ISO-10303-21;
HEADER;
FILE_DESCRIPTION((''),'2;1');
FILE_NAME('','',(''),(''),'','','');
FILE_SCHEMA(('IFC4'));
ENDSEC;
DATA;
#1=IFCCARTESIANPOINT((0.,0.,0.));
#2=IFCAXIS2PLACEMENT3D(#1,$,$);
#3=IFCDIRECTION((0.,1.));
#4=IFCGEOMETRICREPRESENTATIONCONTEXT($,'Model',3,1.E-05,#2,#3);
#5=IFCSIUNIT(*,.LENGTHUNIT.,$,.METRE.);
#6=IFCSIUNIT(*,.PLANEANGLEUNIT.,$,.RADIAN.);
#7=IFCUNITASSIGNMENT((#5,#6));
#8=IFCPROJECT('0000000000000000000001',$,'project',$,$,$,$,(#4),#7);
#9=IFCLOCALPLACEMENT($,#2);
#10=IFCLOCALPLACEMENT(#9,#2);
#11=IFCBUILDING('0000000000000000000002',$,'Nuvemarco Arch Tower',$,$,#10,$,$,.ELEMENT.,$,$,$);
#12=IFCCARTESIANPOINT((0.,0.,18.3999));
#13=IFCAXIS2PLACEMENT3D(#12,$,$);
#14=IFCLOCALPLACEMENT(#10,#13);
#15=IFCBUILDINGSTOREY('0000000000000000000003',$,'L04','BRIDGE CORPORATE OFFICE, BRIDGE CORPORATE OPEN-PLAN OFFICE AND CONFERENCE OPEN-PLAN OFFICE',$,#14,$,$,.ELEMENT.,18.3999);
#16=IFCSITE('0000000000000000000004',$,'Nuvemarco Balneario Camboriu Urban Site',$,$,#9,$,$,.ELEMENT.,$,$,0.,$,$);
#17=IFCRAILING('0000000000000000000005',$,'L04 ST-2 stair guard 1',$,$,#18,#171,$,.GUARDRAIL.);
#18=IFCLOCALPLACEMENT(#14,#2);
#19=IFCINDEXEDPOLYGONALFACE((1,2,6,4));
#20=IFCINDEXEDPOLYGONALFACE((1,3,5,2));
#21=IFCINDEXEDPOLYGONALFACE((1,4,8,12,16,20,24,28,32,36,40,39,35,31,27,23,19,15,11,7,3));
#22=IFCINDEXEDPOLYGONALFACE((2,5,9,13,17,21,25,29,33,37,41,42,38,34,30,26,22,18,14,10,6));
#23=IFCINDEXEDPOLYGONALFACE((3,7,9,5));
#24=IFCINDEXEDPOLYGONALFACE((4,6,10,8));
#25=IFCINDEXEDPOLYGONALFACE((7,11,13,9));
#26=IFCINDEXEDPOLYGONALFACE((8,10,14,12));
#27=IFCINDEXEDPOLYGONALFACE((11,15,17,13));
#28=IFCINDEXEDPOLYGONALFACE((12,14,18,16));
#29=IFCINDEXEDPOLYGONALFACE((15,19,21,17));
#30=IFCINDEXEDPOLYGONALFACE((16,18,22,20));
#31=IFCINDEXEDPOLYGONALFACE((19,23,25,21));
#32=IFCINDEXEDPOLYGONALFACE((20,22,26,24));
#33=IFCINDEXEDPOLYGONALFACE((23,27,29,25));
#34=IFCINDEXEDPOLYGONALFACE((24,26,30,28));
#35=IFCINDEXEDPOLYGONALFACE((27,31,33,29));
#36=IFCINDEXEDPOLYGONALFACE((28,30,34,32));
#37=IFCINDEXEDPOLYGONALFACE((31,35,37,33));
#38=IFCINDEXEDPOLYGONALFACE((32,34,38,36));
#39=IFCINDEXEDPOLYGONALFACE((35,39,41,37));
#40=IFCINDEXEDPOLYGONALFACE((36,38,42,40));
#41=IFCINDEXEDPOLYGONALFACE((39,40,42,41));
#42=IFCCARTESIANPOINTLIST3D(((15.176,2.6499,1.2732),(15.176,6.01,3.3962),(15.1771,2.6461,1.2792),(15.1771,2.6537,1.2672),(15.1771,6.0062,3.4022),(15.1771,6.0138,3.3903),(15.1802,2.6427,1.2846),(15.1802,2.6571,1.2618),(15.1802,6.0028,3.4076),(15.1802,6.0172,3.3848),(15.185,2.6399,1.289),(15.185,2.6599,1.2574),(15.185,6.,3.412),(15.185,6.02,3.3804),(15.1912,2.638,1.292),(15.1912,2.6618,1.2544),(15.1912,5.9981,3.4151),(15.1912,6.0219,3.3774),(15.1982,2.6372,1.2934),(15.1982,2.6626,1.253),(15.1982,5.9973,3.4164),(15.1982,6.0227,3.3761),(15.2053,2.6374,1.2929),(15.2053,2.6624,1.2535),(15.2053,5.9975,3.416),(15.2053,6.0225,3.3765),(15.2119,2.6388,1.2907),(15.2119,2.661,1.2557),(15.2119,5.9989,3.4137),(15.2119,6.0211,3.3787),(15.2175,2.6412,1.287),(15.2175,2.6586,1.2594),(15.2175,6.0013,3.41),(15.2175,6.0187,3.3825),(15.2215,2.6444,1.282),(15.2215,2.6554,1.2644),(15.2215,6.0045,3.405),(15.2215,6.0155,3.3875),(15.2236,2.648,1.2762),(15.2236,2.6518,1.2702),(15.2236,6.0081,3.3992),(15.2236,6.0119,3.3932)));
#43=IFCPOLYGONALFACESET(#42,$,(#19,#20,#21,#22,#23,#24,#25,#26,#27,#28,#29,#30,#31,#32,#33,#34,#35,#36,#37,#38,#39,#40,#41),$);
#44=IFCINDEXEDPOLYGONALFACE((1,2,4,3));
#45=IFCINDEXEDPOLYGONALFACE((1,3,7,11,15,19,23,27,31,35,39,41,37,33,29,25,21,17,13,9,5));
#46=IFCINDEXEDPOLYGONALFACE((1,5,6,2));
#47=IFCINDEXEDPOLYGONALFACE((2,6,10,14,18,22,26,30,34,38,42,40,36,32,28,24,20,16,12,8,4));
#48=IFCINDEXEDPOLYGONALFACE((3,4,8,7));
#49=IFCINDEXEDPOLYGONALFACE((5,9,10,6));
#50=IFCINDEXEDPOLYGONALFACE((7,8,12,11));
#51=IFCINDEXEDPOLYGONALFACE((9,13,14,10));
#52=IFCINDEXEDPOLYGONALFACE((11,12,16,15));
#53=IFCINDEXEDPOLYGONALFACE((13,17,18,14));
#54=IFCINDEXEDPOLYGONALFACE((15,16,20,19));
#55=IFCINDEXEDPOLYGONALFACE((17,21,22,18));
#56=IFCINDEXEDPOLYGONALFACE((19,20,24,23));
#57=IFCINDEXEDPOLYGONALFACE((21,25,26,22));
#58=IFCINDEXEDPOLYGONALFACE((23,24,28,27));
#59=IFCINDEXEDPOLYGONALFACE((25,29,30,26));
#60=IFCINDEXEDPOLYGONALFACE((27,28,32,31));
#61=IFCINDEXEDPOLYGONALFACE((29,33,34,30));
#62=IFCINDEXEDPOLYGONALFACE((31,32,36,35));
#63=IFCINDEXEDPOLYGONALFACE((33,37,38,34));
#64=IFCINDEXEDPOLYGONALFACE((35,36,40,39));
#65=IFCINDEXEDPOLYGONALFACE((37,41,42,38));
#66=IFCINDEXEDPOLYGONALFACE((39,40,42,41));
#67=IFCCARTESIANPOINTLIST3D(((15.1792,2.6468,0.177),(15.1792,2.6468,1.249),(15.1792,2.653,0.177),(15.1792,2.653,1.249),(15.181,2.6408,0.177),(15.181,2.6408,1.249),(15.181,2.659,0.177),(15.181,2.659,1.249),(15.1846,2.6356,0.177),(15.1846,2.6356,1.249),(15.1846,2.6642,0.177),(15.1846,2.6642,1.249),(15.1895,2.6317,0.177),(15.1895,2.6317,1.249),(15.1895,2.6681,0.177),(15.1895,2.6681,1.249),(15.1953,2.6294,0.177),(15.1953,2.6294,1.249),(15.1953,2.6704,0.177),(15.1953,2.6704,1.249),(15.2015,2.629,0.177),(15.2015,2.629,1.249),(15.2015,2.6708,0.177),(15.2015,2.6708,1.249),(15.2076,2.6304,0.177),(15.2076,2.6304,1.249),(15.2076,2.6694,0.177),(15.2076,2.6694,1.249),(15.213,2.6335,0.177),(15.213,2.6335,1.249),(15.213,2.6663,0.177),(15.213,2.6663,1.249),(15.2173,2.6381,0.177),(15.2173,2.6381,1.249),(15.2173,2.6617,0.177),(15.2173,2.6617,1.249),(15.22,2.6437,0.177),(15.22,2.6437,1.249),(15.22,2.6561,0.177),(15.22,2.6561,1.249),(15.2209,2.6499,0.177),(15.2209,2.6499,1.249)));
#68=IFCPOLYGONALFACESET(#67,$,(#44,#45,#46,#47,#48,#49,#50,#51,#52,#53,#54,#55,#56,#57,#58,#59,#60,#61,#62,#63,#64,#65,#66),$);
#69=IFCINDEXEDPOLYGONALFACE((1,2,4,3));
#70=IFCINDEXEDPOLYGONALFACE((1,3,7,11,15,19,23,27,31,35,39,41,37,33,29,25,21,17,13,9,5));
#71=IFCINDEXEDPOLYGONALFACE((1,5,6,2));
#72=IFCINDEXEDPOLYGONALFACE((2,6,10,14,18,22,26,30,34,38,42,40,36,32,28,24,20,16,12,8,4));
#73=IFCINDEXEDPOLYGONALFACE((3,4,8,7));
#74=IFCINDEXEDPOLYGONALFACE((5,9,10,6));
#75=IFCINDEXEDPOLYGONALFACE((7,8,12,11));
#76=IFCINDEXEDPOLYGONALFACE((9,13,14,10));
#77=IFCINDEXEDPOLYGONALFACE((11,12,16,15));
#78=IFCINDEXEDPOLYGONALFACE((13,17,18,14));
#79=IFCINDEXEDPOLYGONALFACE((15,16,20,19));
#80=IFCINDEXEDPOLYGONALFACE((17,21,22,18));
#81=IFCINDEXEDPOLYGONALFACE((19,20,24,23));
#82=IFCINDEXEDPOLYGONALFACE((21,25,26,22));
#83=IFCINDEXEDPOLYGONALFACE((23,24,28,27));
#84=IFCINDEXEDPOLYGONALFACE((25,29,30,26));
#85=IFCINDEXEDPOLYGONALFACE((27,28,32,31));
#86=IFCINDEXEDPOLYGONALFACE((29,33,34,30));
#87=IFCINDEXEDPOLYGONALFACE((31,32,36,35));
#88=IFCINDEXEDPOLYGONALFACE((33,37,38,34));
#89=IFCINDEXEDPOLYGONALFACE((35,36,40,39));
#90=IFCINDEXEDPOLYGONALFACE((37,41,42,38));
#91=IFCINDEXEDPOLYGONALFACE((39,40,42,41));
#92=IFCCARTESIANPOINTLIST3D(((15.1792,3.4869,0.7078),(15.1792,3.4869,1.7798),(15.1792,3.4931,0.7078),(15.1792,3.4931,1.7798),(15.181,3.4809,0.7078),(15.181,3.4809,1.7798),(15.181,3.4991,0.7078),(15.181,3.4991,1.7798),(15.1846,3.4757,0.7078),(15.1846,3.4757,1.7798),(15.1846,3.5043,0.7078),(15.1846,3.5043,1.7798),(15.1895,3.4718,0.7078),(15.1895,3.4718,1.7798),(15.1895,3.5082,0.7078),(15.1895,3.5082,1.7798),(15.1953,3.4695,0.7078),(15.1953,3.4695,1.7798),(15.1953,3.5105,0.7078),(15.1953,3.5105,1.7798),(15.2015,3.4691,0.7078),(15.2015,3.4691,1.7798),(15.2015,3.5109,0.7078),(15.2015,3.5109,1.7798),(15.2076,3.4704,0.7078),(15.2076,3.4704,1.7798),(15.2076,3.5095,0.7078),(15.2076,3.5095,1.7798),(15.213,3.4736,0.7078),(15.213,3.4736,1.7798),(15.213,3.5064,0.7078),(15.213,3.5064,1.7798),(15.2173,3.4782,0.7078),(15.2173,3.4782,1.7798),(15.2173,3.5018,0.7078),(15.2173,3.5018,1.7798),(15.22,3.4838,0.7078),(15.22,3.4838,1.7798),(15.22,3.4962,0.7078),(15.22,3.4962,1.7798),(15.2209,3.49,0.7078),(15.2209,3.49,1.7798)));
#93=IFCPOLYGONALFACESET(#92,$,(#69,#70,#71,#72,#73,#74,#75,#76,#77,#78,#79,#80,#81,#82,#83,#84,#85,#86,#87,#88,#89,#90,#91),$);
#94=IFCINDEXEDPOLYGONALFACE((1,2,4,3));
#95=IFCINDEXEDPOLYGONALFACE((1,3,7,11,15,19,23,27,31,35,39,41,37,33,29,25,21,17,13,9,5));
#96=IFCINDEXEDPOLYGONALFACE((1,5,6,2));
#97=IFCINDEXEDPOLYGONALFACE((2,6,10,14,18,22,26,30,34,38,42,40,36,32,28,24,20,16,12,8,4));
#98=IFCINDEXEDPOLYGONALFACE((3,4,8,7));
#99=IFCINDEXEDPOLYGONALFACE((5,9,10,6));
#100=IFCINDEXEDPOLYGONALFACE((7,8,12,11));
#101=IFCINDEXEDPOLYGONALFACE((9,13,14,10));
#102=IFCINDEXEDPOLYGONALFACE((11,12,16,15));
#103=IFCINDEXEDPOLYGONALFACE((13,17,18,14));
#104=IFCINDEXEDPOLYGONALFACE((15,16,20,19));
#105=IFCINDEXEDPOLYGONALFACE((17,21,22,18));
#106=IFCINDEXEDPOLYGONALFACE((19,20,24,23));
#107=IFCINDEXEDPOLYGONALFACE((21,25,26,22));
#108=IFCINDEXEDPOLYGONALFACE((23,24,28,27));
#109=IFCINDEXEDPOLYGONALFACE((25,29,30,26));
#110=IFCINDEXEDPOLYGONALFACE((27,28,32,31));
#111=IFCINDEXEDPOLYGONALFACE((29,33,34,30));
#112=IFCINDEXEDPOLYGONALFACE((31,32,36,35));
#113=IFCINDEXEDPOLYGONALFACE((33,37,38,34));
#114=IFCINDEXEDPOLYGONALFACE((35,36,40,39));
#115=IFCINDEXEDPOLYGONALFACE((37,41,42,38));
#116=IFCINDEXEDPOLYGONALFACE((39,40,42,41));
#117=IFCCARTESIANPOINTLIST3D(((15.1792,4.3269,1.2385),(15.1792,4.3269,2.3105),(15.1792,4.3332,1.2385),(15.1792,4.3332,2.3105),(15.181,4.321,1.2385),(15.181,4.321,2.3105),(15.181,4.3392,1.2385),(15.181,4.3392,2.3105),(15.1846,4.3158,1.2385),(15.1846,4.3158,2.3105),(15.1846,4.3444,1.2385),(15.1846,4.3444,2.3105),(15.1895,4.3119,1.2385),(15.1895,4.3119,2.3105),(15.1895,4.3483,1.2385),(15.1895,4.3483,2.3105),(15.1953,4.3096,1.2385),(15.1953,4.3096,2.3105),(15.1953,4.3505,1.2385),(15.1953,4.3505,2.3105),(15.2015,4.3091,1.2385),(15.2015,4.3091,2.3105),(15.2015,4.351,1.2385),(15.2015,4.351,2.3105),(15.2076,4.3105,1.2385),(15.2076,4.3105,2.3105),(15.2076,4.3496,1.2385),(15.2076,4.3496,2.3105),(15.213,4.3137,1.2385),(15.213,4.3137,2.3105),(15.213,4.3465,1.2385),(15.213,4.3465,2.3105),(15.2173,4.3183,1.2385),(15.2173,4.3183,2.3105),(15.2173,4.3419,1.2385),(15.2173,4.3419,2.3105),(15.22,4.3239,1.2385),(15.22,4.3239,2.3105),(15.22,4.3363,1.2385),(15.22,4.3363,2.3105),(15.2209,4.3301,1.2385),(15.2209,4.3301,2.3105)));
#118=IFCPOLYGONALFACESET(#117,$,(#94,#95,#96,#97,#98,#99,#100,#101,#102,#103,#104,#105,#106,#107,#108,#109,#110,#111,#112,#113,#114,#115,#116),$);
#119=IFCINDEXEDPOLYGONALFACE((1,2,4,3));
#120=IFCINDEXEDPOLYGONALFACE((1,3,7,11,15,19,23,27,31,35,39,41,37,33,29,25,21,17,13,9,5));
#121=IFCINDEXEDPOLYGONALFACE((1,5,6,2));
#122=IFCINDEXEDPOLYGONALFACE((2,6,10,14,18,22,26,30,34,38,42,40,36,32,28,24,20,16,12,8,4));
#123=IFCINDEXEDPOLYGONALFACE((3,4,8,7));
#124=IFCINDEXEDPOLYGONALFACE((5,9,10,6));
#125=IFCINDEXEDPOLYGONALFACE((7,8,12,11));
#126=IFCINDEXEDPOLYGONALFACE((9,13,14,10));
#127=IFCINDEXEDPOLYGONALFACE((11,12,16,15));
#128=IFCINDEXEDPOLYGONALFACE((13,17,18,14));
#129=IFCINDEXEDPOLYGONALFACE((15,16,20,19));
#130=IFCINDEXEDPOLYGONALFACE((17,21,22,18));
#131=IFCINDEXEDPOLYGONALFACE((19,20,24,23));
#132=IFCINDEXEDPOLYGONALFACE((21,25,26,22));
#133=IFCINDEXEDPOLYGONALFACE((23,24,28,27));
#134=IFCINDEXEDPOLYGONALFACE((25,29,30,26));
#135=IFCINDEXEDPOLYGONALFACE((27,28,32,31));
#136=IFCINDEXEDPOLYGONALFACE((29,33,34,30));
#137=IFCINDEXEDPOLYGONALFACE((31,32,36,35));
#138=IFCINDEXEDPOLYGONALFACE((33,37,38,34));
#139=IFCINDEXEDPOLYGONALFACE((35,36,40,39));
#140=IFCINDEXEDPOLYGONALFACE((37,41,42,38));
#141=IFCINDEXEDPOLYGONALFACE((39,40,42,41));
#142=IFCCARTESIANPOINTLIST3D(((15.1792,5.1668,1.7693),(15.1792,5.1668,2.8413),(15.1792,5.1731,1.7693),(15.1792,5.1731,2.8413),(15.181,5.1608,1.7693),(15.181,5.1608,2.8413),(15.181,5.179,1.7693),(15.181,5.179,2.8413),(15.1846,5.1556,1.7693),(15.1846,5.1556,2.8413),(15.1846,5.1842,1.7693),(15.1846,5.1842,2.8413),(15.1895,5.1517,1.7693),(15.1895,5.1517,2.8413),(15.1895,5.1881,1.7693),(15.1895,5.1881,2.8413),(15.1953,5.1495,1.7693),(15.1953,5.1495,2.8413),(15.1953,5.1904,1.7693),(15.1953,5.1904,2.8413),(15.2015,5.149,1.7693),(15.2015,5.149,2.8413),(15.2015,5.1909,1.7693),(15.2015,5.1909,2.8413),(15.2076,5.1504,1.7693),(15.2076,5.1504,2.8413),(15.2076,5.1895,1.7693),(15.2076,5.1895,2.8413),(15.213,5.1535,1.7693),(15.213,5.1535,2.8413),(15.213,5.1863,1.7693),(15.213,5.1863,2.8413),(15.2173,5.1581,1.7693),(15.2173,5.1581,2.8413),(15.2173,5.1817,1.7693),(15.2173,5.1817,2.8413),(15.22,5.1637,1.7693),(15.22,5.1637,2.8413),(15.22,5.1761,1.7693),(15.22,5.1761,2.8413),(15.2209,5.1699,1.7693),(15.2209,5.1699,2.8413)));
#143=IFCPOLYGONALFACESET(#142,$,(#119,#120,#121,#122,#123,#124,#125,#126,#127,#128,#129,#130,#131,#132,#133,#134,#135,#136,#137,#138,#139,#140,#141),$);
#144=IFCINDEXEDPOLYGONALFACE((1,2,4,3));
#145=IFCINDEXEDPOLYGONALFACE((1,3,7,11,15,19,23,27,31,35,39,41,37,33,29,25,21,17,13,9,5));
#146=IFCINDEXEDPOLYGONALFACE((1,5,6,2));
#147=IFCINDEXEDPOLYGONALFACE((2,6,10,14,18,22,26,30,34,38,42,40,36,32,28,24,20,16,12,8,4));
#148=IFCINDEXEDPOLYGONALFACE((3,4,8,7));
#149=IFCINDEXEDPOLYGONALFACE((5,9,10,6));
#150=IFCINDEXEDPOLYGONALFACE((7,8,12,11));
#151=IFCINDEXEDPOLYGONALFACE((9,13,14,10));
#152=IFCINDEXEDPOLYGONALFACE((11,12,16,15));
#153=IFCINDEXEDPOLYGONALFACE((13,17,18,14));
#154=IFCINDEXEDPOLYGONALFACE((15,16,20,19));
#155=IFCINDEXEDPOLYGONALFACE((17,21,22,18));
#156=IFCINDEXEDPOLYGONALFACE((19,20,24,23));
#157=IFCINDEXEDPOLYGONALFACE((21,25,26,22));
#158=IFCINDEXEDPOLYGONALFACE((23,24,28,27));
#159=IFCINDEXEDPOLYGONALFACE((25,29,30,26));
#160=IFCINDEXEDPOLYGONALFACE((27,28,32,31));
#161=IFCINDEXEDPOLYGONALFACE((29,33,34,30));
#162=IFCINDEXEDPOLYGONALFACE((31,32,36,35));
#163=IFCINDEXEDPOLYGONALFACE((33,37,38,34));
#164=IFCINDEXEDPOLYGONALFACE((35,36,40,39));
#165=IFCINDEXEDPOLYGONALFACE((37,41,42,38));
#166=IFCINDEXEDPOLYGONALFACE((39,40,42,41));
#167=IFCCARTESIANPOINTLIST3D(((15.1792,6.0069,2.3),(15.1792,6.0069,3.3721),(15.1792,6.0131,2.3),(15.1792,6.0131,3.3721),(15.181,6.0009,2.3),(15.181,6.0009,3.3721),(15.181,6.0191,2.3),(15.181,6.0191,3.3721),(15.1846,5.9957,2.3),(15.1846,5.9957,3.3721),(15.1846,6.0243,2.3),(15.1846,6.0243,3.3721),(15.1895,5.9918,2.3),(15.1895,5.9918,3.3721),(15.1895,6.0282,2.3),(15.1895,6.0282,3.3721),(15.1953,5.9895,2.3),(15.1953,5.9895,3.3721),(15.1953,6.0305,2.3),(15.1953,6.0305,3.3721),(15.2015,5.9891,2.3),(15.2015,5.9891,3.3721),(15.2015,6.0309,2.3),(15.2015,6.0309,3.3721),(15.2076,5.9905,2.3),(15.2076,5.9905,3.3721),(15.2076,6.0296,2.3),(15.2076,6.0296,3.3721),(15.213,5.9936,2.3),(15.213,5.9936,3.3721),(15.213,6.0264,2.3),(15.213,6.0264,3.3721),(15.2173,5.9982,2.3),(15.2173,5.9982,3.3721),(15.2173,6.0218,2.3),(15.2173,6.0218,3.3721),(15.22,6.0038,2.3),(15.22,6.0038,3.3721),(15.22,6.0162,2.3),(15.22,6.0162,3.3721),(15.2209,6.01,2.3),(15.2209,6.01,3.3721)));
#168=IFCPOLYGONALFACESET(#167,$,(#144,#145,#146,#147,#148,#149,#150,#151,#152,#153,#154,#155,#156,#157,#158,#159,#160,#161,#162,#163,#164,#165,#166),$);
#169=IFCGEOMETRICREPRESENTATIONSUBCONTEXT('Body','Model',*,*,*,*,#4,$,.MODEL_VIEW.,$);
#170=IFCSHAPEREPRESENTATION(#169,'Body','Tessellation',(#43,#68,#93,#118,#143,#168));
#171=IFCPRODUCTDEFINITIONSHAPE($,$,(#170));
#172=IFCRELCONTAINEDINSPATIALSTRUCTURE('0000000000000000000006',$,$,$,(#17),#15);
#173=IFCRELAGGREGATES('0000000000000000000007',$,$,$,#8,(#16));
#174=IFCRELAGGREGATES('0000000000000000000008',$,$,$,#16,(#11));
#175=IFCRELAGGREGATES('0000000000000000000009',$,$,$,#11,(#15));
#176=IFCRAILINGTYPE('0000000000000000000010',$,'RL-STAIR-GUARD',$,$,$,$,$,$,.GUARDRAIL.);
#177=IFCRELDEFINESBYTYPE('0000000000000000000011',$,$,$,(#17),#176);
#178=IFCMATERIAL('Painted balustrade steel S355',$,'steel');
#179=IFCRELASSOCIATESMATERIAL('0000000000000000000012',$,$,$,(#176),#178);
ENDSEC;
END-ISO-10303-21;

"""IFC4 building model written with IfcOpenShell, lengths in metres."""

from ifc_helpers import new_model, si_unit, direction, frame, origin, origin_2d, place, context, subcontext, project, spatial, circle, extrude, material, type_object, element, save


model = new_model("IFC4")

# Units and contexts
model_context = context("Model", 3, precision=1e-05, world=origin(), true_north=direction((0.0, 1.0)))
body_context = subcontext(model_context, "Body", "Model", "MODEL_VIEW")
ifc_project = project(units=[si_unit("LENGTHUNIT", "METRE"), si_unit("PLANEANGLEUNIT", "RADIAN")], contexts=[model_context])

# Site, building, storey
site_placement = place(None, origin())
site = spatial("IfcSite", under=ifc_project, at=site_placement, Name="Nuvemarco Balneario Camboriu Urban Site", CompositionType="ELEMENT", RefElevation=0.0)
building_placement = place(site_placement, origin())
building = spatial("IfcBuilding", under=site, at=building_placement, Name="Nuvemarco Arch Tower", CompositionType="ELEMENT")
storey_placement = place(building_placement, frame((0.0, 0.0, 18.3999)))
storey = spatial("IfcBuildingStorey", under=building, at=storey_placement, Name="L04", Description="BRIDGE CORPORATE OFFICE, BRIDGE CORPORATE OPEN-PLAN OFFICE AND CONFERENCE OPEN-PLAN OFFICE", CompositionType="ELEMENT", Elevation=18.3999)

# Railing
ifc_material_1 = material(Name="Painted balustrade steel S355", Category="steel")
railing_type_1 = type_object("IfcRailingType", Name="RL-STAIR-GUARD", PredefinedType="GUARDRAIL", material=ifc_material_1)
railing_1_placement = place(storey_placement, frame((15.2, 2.6499, 0.177)))
element("IfcRailing", 1, at=railing_1_placement, inside=storey, type_object=railing_type_1, Name="L04 ST-2 stair guard 1", PredefinedType="GUARDRAIL", context=body_context, shape_type="SweptSolid", body=[
    extrude(circle(Radius=0.0239, at=origin_2d()), frame((0.0, 0.0, 1.0962), z_axis=(0.0, 0.84539, 0.53415), x_axis=(-1.0, 0.0, 0.0)), (0.0, 0.0, 1.0), 3.9746),
    extrude(circle(Radius=0.021, at=origin_2d()), origin(), (0.0, 0.0, 1.0), 1.072),
    extrude(circle(Radius=0.021, at=origin_2d()), frame((0.0, 0.8401, 0.5308)), (0.0, 0.0, 1.0), 1.072),
    extrude(circle(Radius=0.021, at=origin_2d()), frame((0.0, 1.6802, 1.0615)), (0.0, 0.0, 1.0), 1.072),
    extrude(circle(Radius=0.021, at=origin_2d()), frame((0.0, 2.52, 1.5923)), (0.0, 0.0, 1.0), 1.072),
    extrude(circle(Radius=0.021, at=origin_2d()), frame((0.0, 3.3601, 2.123)), (0.0, 0.0, 1.0), 1.072),
])

save(model, "model.ifc")
